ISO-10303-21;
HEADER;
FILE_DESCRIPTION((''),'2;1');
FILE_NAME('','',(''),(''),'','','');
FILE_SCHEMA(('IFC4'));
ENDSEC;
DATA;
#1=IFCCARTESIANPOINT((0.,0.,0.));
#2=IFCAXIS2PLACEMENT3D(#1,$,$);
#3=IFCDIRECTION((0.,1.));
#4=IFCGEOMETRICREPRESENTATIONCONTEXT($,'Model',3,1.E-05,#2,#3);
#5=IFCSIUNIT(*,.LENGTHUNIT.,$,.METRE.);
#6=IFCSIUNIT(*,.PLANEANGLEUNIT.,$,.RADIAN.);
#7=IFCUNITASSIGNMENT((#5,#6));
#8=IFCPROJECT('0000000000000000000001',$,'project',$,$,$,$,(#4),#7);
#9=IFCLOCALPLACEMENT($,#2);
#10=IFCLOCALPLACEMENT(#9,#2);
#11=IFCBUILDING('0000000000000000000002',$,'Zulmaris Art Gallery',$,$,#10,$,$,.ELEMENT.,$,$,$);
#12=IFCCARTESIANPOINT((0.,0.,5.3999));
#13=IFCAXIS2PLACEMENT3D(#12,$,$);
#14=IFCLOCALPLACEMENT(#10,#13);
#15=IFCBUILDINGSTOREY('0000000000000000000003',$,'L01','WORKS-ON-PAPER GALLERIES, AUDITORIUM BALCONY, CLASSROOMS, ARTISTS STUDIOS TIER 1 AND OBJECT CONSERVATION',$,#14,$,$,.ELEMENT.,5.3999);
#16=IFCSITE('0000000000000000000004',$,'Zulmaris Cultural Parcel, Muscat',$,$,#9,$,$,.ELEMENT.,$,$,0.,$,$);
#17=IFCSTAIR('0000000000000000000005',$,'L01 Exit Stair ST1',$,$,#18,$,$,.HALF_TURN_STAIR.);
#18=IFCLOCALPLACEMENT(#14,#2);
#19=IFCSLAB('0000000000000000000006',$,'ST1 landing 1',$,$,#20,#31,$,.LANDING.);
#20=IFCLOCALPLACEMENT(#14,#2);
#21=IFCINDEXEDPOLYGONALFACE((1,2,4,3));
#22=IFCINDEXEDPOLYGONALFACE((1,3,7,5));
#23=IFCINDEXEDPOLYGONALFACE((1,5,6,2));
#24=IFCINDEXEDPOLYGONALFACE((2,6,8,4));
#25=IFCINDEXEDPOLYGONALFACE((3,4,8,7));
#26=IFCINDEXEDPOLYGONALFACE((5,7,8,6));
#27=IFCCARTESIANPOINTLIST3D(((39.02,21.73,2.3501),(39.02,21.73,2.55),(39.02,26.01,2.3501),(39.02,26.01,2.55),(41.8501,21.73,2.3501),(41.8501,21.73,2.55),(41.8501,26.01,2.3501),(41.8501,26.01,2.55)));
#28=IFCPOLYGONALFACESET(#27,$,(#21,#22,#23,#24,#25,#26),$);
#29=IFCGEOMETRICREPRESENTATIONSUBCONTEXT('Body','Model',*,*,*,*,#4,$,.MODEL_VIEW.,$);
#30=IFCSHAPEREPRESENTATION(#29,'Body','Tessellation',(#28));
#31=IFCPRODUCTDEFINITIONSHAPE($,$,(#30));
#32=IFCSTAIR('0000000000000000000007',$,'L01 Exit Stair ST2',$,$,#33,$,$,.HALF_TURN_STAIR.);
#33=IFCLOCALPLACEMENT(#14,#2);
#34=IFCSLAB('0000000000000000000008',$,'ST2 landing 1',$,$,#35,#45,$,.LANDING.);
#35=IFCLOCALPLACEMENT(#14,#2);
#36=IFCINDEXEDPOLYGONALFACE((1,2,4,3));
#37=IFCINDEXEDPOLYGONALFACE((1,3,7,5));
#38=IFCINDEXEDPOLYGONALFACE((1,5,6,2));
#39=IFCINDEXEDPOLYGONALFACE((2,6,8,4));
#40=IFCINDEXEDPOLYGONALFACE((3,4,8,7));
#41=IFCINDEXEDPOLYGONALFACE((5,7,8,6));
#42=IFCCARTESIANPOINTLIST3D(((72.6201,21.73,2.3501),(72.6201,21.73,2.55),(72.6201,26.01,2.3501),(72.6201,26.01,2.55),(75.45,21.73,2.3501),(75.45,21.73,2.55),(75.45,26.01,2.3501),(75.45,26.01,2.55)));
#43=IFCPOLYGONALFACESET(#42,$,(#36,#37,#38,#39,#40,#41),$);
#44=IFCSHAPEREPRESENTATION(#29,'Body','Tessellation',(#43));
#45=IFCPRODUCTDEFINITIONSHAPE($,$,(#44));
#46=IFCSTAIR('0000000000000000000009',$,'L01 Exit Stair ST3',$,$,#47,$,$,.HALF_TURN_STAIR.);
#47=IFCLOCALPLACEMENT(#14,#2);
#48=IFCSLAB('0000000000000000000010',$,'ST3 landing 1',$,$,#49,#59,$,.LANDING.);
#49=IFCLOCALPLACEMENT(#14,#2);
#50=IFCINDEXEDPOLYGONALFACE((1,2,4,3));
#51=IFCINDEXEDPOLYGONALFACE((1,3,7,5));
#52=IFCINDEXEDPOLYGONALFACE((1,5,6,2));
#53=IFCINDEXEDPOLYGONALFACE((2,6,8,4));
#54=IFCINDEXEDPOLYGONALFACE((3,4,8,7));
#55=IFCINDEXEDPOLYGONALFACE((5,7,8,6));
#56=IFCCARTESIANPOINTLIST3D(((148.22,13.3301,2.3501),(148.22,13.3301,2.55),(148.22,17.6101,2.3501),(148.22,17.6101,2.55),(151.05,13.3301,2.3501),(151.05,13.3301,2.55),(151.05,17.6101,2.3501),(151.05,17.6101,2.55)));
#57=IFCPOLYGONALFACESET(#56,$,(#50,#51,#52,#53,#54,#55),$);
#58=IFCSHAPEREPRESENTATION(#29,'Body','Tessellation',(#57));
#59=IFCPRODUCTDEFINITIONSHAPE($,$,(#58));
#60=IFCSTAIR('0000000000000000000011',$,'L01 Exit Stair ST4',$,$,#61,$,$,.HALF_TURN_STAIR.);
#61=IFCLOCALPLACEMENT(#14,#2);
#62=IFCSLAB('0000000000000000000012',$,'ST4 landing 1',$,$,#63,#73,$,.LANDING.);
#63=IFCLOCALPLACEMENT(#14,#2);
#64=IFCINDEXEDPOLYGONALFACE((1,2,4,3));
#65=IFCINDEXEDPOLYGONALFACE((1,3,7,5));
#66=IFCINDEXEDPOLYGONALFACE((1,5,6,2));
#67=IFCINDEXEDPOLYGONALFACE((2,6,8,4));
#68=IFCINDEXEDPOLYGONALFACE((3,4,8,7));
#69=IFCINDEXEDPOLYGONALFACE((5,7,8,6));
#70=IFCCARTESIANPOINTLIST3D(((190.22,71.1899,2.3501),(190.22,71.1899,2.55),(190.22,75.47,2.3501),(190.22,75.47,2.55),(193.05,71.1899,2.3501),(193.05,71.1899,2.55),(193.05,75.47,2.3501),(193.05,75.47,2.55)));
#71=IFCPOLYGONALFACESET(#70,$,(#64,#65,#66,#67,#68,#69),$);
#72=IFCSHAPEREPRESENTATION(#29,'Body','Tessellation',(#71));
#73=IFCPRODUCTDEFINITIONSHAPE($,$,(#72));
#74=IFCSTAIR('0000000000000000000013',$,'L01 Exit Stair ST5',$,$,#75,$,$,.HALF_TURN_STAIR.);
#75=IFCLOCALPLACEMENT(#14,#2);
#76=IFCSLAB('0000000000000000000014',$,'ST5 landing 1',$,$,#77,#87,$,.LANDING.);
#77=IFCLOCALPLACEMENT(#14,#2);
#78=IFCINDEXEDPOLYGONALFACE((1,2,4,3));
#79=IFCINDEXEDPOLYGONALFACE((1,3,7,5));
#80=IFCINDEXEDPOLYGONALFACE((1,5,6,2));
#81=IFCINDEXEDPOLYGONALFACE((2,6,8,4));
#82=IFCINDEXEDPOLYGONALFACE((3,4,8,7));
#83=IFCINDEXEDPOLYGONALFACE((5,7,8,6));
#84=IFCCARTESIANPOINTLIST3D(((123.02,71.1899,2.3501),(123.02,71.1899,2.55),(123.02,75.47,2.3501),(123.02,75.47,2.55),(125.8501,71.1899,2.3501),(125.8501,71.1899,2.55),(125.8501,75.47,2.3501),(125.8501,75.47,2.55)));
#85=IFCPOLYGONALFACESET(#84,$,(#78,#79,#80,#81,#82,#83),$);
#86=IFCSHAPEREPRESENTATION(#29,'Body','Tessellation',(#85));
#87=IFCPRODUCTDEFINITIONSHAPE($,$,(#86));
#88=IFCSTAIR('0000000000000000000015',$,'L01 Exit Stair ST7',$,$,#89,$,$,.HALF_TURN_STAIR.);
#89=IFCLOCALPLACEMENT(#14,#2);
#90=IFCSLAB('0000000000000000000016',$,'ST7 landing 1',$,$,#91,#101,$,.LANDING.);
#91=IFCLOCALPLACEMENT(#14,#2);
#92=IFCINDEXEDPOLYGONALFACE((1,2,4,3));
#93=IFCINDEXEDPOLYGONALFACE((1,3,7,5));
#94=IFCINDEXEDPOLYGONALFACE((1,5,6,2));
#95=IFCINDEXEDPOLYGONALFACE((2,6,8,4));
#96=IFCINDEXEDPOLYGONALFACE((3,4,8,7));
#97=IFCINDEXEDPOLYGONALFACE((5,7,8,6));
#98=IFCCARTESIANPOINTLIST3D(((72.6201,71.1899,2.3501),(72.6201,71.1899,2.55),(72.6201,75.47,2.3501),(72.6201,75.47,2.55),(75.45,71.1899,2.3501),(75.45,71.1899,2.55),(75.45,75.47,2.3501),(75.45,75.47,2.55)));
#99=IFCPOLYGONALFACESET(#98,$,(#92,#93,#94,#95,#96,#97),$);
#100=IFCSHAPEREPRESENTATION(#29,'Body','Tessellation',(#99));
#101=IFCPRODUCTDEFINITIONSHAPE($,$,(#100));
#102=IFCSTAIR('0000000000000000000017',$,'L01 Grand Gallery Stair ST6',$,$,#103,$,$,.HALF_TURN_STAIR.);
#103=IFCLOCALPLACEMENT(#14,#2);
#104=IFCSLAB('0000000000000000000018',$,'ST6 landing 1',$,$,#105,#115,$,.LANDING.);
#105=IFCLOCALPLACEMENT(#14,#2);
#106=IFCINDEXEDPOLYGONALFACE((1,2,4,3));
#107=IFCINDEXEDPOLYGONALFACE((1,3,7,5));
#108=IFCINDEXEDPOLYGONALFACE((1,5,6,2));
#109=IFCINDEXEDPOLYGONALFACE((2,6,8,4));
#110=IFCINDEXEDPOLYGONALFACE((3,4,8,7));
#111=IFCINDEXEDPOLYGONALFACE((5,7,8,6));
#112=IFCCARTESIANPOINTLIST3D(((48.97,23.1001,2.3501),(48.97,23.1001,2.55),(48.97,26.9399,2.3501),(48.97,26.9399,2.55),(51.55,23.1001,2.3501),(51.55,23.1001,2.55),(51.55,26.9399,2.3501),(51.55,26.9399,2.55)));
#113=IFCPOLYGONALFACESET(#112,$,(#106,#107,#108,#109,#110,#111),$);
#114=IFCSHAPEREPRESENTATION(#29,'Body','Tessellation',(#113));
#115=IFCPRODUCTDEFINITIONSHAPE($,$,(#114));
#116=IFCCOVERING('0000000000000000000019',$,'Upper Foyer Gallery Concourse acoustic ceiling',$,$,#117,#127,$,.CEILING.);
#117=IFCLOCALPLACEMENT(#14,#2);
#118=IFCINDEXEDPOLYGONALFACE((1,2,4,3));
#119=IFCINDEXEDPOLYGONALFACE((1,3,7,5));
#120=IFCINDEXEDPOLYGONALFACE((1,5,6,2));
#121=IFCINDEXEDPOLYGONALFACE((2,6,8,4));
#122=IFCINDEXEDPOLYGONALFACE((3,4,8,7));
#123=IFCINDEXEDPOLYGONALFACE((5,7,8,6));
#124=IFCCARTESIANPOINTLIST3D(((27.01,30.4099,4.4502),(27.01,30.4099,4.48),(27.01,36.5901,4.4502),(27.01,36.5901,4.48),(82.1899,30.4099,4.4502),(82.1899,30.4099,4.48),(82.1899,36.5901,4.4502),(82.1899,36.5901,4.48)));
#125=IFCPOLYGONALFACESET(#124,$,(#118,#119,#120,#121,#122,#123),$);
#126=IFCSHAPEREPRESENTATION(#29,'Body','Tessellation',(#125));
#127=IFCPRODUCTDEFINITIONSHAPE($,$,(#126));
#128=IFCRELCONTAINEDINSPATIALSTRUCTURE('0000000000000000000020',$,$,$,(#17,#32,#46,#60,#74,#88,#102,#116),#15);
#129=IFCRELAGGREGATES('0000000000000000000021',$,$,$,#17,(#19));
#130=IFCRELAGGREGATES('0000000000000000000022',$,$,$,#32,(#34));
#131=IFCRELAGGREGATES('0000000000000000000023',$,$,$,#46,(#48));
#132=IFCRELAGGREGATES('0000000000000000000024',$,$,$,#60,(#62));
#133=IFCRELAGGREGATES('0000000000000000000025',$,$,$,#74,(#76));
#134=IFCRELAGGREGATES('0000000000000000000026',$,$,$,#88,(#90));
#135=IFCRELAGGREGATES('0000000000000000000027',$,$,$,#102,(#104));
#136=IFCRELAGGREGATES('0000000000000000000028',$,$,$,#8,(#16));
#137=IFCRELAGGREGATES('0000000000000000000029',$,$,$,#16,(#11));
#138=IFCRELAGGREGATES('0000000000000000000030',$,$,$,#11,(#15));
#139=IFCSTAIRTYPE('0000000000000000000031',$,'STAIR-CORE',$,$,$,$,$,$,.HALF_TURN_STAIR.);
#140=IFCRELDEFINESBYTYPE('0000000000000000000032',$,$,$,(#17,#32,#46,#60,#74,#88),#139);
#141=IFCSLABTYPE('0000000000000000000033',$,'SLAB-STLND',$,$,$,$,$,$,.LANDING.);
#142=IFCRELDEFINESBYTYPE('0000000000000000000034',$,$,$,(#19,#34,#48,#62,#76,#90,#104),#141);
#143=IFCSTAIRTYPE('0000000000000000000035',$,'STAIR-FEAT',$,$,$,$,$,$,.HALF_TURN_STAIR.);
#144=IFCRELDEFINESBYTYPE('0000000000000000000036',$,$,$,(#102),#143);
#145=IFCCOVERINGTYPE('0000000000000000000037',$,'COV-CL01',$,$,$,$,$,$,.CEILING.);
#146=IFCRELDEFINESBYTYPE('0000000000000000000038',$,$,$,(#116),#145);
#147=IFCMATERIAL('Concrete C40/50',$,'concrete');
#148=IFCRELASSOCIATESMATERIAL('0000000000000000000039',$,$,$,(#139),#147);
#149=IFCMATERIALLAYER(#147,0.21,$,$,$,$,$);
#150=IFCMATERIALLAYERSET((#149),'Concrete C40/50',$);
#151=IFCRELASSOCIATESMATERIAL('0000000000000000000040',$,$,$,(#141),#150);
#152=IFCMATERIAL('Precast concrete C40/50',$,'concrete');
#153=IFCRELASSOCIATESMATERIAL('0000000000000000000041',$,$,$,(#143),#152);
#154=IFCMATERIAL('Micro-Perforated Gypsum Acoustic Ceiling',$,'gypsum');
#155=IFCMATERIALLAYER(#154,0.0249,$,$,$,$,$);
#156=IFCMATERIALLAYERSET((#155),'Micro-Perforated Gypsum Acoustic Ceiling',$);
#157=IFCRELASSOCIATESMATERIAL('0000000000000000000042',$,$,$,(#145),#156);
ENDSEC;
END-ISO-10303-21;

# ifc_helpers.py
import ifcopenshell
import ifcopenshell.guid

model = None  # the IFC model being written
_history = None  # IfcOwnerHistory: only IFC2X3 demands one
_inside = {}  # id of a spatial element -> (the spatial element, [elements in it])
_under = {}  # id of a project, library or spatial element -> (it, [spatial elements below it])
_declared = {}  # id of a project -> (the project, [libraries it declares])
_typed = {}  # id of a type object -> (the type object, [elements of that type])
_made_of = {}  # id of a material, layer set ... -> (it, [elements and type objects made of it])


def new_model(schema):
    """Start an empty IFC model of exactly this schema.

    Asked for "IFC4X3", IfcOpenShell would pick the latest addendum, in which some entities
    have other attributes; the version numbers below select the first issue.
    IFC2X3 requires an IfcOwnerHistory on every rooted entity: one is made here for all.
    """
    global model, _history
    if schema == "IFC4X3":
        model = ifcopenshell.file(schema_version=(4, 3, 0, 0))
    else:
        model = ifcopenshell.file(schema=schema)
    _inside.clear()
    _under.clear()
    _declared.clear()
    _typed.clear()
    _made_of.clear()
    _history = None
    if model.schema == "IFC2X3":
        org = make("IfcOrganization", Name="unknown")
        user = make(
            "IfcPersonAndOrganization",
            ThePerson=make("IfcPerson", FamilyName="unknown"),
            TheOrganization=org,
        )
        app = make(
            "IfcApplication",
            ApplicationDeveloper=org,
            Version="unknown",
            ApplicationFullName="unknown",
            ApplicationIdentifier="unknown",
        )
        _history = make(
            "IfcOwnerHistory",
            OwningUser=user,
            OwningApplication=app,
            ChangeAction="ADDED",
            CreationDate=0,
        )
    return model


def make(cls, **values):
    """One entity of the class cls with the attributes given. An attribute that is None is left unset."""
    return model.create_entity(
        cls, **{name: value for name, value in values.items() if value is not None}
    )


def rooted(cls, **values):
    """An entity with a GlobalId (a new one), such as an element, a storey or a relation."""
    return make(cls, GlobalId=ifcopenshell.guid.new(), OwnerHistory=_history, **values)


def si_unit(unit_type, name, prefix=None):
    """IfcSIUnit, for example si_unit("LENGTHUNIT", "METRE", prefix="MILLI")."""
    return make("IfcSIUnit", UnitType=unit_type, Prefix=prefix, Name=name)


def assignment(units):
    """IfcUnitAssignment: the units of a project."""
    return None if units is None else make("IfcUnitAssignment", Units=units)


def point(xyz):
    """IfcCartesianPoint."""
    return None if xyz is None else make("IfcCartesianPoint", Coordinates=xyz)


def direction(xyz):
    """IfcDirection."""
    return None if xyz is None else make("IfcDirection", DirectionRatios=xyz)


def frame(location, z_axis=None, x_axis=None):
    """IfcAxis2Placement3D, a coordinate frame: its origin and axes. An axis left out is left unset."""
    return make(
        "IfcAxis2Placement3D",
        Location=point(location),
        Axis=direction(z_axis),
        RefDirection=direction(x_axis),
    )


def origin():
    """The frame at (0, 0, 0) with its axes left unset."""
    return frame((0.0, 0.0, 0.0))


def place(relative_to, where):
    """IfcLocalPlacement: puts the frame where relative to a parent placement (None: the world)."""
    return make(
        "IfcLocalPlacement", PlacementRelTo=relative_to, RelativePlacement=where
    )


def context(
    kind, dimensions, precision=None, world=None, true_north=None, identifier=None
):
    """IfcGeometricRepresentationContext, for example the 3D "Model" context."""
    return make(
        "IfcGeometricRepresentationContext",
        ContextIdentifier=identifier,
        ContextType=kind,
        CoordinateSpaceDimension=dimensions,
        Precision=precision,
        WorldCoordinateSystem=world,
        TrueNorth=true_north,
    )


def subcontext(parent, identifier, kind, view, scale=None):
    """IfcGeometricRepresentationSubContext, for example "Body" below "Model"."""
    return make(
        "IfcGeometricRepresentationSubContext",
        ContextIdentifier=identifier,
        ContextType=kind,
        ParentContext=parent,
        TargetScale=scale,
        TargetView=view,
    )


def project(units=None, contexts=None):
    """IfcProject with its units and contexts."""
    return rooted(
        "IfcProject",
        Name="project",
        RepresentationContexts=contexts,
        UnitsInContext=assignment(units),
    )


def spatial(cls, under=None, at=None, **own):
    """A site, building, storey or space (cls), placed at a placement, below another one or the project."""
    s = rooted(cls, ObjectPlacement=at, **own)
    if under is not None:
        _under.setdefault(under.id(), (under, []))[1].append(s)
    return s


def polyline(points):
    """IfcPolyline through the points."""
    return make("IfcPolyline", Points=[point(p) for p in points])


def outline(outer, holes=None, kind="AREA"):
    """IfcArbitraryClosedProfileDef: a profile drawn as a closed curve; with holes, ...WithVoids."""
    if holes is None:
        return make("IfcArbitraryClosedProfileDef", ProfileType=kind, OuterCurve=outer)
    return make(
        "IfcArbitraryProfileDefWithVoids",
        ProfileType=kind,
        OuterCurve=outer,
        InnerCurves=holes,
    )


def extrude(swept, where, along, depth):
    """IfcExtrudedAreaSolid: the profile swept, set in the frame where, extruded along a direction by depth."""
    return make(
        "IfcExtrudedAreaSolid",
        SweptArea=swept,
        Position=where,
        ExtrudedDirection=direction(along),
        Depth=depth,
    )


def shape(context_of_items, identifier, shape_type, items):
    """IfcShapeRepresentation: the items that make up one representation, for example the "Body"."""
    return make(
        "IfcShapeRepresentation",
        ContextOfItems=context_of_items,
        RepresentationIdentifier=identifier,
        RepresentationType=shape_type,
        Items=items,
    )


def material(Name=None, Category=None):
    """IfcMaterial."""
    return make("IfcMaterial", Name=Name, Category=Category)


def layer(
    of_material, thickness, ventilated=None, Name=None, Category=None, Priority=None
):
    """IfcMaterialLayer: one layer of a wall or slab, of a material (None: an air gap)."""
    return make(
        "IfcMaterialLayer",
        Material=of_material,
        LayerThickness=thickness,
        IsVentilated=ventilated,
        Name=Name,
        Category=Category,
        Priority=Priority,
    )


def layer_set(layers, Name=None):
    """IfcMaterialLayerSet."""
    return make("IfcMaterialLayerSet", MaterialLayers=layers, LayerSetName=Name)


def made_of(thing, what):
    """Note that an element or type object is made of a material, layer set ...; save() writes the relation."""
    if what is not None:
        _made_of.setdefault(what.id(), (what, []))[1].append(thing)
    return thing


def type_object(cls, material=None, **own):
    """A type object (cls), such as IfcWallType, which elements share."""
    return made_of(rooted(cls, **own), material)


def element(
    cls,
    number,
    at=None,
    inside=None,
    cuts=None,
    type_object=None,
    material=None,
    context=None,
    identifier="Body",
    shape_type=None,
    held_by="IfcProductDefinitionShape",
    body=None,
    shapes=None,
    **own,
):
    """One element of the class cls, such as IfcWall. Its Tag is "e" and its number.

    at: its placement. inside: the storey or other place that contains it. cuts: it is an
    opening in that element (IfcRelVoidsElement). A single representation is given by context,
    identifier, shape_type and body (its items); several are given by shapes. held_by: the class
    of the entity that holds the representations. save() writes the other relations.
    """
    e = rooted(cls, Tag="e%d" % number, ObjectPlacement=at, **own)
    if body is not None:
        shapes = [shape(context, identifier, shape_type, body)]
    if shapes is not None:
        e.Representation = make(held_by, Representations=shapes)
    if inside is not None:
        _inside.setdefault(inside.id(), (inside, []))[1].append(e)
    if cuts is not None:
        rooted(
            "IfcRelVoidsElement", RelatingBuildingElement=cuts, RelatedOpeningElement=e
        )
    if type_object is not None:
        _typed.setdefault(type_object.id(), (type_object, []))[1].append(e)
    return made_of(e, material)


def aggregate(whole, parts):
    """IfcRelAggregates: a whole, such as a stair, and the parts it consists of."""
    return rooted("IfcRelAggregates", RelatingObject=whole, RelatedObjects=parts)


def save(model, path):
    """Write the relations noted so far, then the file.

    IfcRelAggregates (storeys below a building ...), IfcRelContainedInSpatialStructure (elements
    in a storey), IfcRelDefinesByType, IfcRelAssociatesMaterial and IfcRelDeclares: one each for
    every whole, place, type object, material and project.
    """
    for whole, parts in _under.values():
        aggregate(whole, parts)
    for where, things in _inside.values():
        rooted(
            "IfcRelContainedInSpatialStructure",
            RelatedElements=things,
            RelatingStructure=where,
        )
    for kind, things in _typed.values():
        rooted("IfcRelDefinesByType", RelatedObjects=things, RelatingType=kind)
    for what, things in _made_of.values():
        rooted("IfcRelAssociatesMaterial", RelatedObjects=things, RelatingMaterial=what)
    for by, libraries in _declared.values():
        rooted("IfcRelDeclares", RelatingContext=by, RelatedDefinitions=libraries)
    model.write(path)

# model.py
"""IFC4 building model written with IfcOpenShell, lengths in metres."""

from ifc_helpers import new_model, si_unit, direction, frame, origin, place, context, subcontext, project, spatial, polyline, outline, extrude, material, layer, layer_set, type_object, element, aggregate, save


model = new_model("IFC4")

# Units and contexts
model_context = context("Model", 3, precision=1e-05, world=origin(), true_north=direction((0.0, 1.0)))
body_context = subcontext(model_context, "Body", "Model", "MODEL_VIEW")
ifc_project = project(units=[si_unit("LENGTHUNIT", "METRE"), si_unit("PLANEANGLEUNIT", "RADIAN")], contexts=[model_context])

# Site, building, storey
site_placement = place(None, origin())
site = spatial("IfcSite", under=ifc_project, at=site_placement, Name="Zulmaris Cultural Parcel, Muscat", CompositionType="ELEMENT", RefElevation=0.0)
building_placement = place(site_placement, origin())
building = spatial("IfcBuilding", under=site, at=building_placement, Name="Zulmaris Art Gallery", CompositionType="ELEMENT")
storey_placement = place(building_placement, frame((0.0, 0.0, 5.3999)))
storey = spatial("IfcBuildingStorey", under=building, at=storey_placement, Name="L01", Description="WORKS-ON-PAPER GALLERIES, AUDITORIUM BALCONY, CLASSROOMS, ARTISTS STUDIOS TIER 1 AND OBJECT CONSERVATION", CompositionType="ELEMENT", Elevation=5.3999)

# Stairs, slabs
ifc_material_1 = material(Name="Concrete C40/50", Category="concrete")
stair_type_1 = type_object("IfcStairType", Name="STAIR-CORE", PredefinedType="HALF_TURN_STAIR", material=ifc_material_1)
stair_1_placement = place(storey_placement, origin())
stair_1 = element("IfcStair", 1, at=stair_1_placement, inside=storey, type_object=stair_type_1, Name="L01 Exit Stair ST1", PredefinedType="HALF_TURN_STAIR")
ifc_layer_1 = layer(ifc_material_1, 0.21)
ifc_layer_set_1 = layer_set([ifc_layer_1], Name="Concrete C40/50")
slab_type = type_object("IfcSlabType", Name="SLAB-STLND", PredefinedType="LANDING", material=ifc_layer_set_1)
slab_1_placement = place(storey_placement, frame((0.0, 0.0, 2.3501)))
slab_1 = element("IfcSlab", 2, at=slab_1_placement, type_object=slab_type, Name="ST1 landing 1", PredefinedType="LANDING", context=body_context, shape_type="SweptSolid", body=[
    extrude(outline(polyline([(39.02, 21.73), (41.8501, 21.73), (41.8501, 26.01), (39.02, 26.01), (39.02, 21.73)])), origin(), (0.0, 0.0, 1.0), 0.2),
])
aggregate(stair_1, [slab_1])
stair_2_placement = place(storey_placement, origin())
stair_2 = element("IfcStair", 3, at=stair_2_placement, inside=storey, type_object=stair_type_1, Name="L01 Exit Stair ST2", PredefinedType="HALF_TURN_STAIR")
slab_2_placement = place(storey_placement, frame((0.0, 0.0, 2.3501)))
slab_2 = element("IfcSlab", 4, at=slab_2_placement, type_object=slab_type, Name="ST2 landing 1", PredefinedType="LANDING", context=body_context, shape_type="SweptSolid", body=[
    extrude(outline(polyline([(72.6201, 21.73), (75.45, 21.73), (75.45, 26.01), (72.6201, 26.01), (72.6201, 21.73)])), origin(), (0.0, 0.0, 1.0), 0.2),
])
aggregate(stair_2, [slab_2])
stair_3_placement = place(storey_placement, origin())
stair_3 = element("IfcStair", 5, at=stair_3_placement, inside=storey, type_object=stair_type_1, Name="L01 Exit Stair ST3", PredefinedType="HALF_TURN_STAIR")
slab_3_placement = place(storey_placement, frame((0.0, 0.0, 2.3501)))
slab_3 = element("IfcSlab", 6, at=slab_3_placement, type_object=slab_type, Name="ST3 landing 1", PredefinedType="LANDING", context=body_context, shape_type="SweptSolid", body=[
    extrude(outline(polyline([(148.22, 13.3301), (151.05, 13.3301), (151.05, 17.6101), (148.22, 17.6101), (148.22, 13.3301)])), origin(), (0.0, 0.0, 1.0), 0.2),
])
aggregate(stair_3, [slab_3])
stair_4_placement = place(storey_placement, origin())
stair_4 = element("IfcStair", 7, at=stair_4_placement, inside=storey, type_object=stair_type_1, Name="L01 Exit Stair ST4", PredefinedType="HALF_TURN_STAIR")
slab_4_placement = place(storey_placement, frame((0.0, 0.0, 2.3501)))
slab_4 = element("IfcSlab", 8, at=slab_4_placement, type_object=slab_type, Name="ST4 landing 1", PredefinedType="LANDING", context=body_context, shape_type="SweptSolid", body=[
    extrude(outline(polyline([(190.22, 71.1899), (193.05, 71.1899), (193.05, 75.47), (190.22, 75.47), (190.22, 71.1899)])), origin(), (0.0, 0.0, 1.0), 0.2),
])
aggregate(stair_4, [slab_4])
stair_5_placement = place(storey_placement, origin())
stair_5 = element("IfcStair", 9, at=stair_5_placement, inside=storey, type_object=stair_type_1, Name="L01 Exit Stair ST5", PredefinedType="HALF_TURN_STAIR")
slab_5_placement = place(storey_placement, frame((0.0, 0.0, 2.3501)))
slab_5 = element("IfcSlab", 10, at=slab_5_placement, type_object=slab_type, Name="ST5 landing 1", PredefinedType="LANDING", context=body_context, shape_type="SweptSolid", body=[
    extrude(outline(polyline([(123.02, 71.1899), (125.8501, 71.1899), (125.8501, 75.47), (123.02, 75.47), (123.02, 71.1899)])), origin(), (0.0, 0.0, 1.0), 0.2),
])
aggregate(stair_5, [slab_5])
stair_6_placement = place(storey_placement, origin())
stair_6 = element("IfcStair", 11, at=stair_6_placement, inside=storey, type_object=stair_type_1, Name="L01 Exit Stair ST7", PredefinedType="HALF_TURN_STAIR")
slab_6_placement = place(storey_placement, frame((0.0, 0.0, 2.3501)))
slab_6 = element("IfcSlab", 12, at=slab_6_placement, type_object=slab_type, Name="ST7 landing 1", PredefinedType="LANDING", context=body_context, shape_type="SweptSolid", body=[
    extrude(outline(polyline([(72.6201, 71.1899), (75.45, 71.1899), (75.45, 75.47), (72.6201, 75.47), (72.6201, 71.1899)])), origin(), (0.0, 0.0, 1.0), 0.2),
])
aggregate(stair_6, [slab_6])
ifc_material_2 = material(Name="Precast concrete C40/50", Category="concrete")
stair_type_2 = type_object("IfcStairType", Name="STAIR-FEAT", PredefinedType="HALF_TURN_STAIR", material=ifc_material_2)
stair_7_placement = place(storey_placement, origin())
stair_7 = element("IfcStair", 13, at=stair_7_placement, inside=storey, type_object=stair_type_2, Name="L01 Grand Gallery Stair ST6", PredefinedType="HALF_TURN_STAIR")
slab_7_placement = place(storey_placement, frame((0.0, 0.0, 2.3501)))
slab_7 = element("IfcSlab", 14, at=slab_7_placement, type_object=slab_type, Name="ST6 landing 1", PredefinedType="LANDING", context=body_context, shape_type="SweptSolid", body=[
    extrude(outline(polyline([(48.97, 23.1001), (51.55, 23.1001), (51.55, 26.9399), (48.97, 26.9399), (48.97, 23.1001)])), origin(), (0.0, 0.0, 1.0), 0.2),
])
aggregate(stair_7, [slab_7])

# Covering
ifc_material_3 = material(Name="Micro-Perforated Gypsum Acoustic Ceiling", Category="gypsum")
ifc_layer_2 = layer(ifc_material_3, 0.0249)
ifc_layer_set_2 = layer_set([ifc_layer_2], Name="Micro-Perforated Gypsum Acoustic Ceiling")
covering_type_1 = type_object("IfcCoveringType", Name="COV-CL01", PredefinedType="CEILING", material=ifc_layer_set_2)
covering_1_placement = place(storey_placement, frame((0.0, 0.0, 4.4502)))
element("IfcCovering", 15, at=covering_1_placement, inside=storey, type_object=covering_type_1, Name="Upper Foyer Gallery Concourse acoustic ceiling", PredefinedType="CEILING", context=body_context, shape_type="SweptSolid", body=[
    extrude(outline(polyline([(27.01, 36.5901), (82.1899, 36.5901), (82.1899, 30.4099), (27.01, 30.4099), (27.01, 36.5901)])), origin(), (0.0, 0.0, 1.0), 0.0298),
])

save(model, "model.ifc")
